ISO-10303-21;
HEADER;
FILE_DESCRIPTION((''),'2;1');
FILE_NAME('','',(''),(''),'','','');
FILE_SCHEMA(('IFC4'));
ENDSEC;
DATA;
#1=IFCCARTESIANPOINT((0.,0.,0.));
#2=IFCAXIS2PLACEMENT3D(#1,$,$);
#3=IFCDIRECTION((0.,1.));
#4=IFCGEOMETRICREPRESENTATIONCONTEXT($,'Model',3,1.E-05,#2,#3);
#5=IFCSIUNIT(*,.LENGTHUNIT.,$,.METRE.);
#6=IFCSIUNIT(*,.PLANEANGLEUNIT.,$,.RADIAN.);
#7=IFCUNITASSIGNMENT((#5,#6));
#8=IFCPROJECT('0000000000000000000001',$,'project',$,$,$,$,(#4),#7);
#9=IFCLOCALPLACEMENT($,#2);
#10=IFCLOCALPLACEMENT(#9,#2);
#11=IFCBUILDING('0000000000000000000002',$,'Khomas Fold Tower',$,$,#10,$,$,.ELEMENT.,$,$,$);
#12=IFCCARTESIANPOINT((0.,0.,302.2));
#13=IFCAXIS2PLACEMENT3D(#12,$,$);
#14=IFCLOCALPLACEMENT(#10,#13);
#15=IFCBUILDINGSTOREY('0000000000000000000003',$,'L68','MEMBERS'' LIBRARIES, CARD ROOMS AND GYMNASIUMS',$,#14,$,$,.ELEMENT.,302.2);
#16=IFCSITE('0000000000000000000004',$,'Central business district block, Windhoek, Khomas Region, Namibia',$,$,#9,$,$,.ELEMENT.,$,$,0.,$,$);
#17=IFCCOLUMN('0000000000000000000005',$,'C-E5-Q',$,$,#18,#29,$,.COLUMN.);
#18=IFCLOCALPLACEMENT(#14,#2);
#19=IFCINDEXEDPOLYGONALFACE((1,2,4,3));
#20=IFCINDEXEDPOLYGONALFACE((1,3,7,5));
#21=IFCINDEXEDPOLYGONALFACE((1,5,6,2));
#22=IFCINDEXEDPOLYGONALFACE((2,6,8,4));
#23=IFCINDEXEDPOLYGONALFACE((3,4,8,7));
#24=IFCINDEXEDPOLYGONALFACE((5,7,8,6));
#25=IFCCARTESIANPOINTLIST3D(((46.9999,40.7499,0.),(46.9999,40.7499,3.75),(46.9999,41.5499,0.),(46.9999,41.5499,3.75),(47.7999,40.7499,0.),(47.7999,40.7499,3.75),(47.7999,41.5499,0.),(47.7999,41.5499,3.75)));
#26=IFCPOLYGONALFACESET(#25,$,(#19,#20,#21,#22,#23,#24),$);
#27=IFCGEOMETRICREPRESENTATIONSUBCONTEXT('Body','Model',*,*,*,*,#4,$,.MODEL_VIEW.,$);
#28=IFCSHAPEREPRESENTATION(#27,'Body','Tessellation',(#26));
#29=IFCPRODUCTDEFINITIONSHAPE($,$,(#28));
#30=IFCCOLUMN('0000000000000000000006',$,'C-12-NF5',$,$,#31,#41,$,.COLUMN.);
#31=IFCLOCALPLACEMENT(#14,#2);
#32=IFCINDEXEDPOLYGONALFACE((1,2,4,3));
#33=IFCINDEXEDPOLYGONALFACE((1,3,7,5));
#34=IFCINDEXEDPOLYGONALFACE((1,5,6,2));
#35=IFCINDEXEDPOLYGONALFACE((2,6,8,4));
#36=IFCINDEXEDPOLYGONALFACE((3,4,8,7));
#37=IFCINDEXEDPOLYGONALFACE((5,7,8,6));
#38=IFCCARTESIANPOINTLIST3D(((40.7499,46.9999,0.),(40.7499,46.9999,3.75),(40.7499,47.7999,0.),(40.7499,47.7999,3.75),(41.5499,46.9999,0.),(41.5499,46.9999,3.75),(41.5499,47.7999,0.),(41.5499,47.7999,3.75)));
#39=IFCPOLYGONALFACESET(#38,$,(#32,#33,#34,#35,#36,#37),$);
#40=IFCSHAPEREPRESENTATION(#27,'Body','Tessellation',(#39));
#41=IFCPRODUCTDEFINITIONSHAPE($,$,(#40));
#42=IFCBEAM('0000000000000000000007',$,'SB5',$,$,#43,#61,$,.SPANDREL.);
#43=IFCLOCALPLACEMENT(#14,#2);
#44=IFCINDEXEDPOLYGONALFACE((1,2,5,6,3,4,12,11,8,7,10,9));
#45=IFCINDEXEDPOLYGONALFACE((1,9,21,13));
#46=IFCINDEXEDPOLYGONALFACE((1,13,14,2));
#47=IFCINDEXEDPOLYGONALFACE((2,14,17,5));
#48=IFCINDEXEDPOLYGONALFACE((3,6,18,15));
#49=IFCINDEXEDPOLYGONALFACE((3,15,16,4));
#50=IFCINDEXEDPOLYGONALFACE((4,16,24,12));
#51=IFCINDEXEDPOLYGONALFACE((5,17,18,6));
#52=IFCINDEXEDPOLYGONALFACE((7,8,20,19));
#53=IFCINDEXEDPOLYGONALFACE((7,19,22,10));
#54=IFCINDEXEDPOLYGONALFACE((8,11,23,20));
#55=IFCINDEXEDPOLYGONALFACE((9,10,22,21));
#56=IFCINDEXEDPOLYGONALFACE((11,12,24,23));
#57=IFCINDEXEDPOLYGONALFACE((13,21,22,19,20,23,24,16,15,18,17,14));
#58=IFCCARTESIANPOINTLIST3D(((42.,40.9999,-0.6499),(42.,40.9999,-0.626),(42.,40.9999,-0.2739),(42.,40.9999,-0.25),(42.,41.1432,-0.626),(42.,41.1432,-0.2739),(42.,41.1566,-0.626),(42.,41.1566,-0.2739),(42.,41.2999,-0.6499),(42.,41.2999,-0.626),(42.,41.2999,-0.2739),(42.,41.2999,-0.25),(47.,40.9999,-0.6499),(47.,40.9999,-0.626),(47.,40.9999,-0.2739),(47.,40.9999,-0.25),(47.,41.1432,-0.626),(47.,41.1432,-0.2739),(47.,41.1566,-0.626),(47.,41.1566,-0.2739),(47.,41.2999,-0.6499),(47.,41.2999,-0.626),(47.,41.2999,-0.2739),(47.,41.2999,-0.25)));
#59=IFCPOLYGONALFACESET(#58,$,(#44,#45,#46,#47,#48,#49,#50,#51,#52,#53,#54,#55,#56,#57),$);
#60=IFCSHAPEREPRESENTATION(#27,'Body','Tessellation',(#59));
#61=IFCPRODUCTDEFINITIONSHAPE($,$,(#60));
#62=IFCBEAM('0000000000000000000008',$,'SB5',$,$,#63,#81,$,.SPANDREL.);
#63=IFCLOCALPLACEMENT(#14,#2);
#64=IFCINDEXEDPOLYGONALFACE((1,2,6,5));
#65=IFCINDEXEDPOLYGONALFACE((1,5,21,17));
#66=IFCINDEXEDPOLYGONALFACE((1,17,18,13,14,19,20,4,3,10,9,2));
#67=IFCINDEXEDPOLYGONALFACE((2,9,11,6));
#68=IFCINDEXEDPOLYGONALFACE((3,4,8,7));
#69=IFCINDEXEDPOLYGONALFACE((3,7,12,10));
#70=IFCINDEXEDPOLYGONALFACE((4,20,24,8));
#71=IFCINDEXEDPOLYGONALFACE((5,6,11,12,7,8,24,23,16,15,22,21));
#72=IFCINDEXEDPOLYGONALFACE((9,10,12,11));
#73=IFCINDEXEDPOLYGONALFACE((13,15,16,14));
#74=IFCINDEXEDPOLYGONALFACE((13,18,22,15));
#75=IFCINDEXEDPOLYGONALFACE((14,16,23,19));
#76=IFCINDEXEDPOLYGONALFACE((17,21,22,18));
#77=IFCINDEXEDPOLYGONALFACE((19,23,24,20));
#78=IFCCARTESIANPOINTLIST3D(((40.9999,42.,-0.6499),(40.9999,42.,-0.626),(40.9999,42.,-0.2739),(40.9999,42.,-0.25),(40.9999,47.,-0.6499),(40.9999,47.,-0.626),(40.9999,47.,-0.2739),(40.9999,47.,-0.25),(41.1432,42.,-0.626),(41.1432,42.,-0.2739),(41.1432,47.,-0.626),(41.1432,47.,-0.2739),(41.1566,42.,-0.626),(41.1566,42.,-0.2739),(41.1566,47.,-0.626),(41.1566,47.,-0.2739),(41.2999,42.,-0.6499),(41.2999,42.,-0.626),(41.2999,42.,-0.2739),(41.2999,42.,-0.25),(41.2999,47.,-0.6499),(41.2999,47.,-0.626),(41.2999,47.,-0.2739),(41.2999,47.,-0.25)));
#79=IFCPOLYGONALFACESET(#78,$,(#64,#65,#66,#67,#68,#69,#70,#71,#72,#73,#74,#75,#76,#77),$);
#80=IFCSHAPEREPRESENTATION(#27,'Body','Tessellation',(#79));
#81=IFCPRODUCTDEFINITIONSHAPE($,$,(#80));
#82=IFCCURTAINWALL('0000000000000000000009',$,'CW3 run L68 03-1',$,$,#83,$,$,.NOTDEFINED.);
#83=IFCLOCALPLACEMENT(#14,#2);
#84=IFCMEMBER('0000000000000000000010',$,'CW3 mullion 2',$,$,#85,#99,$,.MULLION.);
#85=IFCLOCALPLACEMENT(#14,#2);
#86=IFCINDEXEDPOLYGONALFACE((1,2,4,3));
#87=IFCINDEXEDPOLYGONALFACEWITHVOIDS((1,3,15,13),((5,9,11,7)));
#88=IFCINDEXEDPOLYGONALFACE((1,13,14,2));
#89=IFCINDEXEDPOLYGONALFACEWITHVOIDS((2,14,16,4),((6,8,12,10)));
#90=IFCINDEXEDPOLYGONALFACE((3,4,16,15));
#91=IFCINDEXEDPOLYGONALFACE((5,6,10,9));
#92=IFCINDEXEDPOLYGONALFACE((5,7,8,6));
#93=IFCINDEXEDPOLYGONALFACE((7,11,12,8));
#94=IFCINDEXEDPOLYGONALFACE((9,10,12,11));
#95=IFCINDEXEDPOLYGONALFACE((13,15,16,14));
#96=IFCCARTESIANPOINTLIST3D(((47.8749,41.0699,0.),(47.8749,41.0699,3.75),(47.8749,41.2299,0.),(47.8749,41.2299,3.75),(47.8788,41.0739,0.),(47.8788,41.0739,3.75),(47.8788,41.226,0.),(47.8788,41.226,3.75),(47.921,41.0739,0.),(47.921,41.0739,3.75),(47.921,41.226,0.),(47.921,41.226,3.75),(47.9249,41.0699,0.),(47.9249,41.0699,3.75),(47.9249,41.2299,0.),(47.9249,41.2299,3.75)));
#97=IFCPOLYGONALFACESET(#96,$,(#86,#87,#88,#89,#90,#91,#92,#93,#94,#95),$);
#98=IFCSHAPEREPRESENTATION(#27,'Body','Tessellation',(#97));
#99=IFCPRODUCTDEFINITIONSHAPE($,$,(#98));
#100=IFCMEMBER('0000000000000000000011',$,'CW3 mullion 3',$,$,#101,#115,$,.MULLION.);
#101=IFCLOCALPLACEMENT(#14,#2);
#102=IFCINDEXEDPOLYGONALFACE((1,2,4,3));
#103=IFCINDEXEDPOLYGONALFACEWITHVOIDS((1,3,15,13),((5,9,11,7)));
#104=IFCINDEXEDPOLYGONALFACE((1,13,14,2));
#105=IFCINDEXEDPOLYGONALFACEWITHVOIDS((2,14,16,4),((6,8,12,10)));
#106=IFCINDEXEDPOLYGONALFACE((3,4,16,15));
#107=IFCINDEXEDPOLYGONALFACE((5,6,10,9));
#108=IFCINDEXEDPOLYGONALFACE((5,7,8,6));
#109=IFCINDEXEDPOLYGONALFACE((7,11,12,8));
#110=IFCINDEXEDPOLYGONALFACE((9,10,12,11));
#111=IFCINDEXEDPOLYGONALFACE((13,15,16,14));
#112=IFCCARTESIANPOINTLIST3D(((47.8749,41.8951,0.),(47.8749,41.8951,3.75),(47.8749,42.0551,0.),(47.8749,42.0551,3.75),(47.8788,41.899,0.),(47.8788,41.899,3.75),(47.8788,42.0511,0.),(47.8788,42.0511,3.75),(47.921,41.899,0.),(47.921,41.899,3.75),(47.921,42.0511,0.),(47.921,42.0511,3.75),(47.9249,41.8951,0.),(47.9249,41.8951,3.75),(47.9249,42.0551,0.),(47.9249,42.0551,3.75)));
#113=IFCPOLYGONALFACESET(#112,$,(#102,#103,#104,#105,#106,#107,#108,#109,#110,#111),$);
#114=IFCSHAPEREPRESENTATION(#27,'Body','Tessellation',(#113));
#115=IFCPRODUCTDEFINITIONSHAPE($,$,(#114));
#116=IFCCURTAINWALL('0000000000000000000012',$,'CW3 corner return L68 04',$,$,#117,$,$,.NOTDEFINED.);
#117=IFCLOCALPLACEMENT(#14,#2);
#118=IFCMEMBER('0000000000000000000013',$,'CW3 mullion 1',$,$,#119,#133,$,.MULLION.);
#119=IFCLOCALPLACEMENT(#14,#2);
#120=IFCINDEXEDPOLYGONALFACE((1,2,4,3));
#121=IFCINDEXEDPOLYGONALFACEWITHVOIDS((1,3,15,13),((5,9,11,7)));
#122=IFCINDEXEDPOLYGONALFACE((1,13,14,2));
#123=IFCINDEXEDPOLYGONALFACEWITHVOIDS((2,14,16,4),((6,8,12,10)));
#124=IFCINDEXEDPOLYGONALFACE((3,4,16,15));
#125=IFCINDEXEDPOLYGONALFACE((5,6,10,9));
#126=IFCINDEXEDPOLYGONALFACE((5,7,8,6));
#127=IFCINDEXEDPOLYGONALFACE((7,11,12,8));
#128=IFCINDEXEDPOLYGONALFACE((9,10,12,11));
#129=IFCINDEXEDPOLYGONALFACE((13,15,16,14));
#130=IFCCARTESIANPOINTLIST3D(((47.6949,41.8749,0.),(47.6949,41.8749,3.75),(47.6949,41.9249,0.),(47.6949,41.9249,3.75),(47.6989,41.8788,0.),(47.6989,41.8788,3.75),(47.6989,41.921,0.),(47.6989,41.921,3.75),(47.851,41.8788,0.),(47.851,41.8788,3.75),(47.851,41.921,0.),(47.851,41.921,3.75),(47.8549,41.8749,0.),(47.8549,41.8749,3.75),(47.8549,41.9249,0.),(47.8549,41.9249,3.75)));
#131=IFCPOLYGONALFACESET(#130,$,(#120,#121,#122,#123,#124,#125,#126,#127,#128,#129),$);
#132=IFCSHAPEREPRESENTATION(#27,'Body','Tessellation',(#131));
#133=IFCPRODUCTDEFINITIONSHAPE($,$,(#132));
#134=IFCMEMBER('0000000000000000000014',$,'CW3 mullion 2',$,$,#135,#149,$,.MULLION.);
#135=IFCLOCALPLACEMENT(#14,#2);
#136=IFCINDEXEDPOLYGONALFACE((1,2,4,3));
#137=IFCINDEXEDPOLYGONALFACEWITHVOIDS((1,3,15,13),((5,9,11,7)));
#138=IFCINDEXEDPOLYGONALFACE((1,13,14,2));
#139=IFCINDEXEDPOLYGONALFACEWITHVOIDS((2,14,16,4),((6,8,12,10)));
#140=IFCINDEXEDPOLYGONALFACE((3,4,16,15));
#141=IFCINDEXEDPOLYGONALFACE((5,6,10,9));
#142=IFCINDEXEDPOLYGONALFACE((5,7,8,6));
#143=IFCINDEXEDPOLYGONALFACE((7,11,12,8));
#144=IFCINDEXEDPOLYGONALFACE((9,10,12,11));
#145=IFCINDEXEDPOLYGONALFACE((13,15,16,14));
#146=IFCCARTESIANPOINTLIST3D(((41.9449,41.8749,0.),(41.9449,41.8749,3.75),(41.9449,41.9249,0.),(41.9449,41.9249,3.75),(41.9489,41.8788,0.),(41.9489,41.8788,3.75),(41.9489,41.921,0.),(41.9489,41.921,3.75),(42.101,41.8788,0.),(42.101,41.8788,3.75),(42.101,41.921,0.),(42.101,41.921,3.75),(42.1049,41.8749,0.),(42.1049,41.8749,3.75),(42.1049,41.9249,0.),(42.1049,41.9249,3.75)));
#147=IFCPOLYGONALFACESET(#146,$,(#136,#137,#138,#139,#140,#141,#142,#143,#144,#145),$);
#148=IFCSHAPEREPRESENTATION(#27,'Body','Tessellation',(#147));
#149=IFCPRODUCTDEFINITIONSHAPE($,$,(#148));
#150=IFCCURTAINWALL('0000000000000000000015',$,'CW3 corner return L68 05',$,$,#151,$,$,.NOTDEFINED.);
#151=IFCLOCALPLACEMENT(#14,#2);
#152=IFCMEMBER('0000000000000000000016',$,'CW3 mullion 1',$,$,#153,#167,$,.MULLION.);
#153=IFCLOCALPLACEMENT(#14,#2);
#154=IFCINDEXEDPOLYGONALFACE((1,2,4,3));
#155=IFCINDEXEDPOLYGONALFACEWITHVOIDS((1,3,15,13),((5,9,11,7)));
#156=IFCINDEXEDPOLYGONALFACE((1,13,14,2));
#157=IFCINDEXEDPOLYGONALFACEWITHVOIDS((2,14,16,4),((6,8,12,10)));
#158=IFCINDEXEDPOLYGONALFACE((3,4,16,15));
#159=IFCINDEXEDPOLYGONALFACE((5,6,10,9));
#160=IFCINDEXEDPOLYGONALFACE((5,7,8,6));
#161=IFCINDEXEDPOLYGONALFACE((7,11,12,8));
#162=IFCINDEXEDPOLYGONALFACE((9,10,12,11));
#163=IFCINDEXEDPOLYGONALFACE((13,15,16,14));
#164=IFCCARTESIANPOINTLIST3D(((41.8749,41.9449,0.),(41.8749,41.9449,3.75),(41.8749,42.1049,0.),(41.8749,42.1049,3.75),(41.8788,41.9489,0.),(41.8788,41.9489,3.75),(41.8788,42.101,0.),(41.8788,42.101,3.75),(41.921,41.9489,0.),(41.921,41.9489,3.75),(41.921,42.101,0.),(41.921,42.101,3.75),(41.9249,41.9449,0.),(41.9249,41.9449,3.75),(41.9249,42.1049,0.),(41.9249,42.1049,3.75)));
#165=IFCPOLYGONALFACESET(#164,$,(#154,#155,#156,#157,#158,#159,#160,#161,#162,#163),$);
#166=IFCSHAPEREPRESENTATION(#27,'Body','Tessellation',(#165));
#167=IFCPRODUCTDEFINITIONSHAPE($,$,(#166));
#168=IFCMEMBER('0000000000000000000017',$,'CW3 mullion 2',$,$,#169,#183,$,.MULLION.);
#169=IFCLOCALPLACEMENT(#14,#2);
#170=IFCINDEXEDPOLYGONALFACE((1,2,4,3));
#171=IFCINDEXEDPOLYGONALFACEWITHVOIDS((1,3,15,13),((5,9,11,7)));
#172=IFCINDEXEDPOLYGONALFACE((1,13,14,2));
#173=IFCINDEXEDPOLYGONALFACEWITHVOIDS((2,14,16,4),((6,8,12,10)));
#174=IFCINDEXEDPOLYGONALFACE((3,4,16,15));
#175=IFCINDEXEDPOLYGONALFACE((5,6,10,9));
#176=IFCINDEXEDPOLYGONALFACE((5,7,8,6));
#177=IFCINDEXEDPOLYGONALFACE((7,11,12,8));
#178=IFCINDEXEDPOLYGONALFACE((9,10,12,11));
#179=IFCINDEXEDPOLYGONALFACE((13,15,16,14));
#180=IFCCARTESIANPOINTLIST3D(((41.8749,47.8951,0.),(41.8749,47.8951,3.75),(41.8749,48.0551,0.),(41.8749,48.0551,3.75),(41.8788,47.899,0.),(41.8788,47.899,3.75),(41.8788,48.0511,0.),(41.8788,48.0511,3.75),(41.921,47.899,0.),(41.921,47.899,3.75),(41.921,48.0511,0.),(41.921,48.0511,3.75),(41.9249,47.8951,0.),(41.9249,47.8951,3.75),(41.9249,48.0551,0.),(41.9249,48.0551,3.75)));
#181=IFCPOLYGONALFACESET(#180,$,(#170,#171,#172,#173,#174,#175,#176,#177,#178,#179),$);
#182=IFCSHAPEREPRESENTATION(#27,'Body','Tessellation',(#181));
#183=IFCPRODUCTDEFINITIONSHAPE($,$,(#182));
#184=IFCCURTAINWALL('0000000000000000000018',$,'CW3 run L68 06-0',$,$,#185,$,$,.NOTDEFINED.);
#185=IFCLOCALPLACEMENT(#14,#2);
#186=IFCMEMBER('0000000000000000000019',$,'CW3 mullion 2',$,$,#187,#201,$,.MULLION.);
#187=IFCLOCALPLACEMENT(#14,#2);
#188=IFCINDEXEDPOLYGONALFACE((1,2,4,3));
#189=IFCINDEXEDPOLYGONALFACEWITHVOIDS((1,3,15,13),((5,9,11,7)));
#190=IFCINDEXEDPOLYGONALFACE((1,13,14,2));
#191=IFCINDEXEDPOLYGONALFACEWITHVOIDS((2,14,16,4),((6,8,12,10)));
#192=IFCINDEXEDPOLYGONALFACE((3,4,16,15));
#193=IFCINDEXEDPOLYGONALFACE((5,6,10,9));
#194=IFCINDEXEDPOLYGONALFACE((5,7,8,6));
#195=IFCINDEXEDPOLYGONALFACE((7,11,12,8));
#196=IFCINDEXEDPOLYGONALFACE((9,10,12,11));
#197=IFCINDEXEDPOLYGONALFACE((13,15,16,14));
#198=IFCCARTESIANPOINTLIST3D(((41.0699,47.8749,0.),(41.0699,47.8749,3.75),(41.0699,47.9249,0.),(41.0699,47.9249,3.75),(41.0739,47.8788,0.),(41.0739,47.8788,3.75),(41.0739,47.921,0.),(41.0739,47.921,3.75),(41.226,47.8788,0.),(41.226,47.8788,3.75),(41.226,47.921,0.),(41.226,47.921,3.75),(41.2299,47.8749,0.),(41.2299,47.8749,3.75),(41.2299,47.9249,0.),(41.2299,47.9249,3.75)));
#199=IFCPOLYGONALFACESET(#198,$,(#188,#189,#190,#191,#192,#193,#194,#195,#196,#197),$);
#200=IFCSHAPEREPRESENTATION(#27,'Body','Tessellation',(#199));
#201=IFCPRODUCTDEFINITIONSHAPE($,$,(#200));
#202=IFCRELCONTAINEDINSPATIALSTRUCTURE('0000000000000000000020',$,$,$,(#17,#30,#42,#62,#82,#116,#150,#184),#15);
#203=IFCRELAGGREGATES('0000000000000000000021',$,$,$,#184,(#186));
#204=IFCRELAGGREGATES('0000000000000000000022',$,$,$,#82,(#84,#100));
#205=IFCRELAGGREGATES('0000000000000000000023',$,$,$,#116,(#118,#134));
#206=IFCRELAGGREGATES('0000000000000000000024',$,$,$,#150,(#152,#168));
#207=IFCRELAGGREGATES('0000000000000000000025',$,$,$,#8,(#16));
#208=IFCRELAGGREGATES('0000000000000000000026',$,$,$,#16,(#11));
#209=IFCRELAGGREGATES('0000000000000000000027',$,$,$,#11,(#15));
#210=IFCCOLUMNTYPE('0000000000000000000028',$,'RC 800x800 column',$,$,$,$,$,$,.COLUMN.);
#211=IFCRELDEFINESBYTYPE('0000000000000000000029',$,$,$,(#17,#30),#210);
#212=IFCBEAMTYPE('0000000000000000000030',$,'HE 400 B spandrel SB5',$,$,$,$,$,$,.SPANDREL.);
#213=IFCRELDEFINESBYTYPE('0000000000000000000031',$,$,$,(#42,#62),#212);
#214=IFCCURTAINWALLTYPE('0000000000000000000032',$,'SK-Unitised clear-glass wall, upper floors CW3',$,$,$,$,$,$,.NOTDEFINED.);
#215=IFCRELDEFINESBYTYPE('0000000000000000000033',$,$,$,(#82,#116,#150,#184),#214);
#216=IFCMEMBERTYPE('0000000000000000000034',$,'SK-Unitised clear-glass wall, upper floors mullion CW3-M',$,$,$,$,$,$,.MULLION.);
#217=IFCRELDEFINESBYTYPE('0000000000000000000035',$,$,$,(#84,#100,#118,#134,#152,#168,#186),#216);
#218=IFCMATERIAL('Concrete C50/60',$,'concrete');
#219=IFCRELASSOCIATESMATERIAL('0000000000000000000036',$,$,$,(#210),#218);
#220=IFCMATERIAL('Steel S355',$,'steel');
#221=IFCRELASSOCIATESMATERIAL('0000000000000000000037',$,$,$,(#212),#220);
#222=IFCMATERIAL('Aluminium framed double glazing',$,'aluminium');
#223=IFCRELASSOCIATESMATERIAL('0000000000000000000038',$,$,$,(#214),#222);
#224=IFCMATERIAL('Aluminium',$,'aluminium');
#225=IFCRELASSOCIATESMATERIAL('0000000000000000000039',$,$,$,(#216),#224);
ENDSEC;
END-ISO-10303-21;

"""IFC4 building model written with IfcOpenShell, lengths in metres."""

from ifc_helpers import new_model, si_unit, direction, frame, origin, origin_2d, place, context, subcontext, project, spatial, rectangle, hollow_rectangle, i_section, extrude, source, transform, mapped, material, material_profile, profile_set, type_object, element, aggregate, save


model = new_model("IFC4")

# Units and contexts
model_context = context("Model", 3, precision=1e-05, world=origin(), true_north=direction((0.0, 1.0)))
body_context = subcontext(model_context, "Body", "Model", "MODEL_VIEW")
ifc_project = project(units=[si_unit("LENGTHUNIT", "METRE"), si_unit("PLANEANGLEUNIT", "RADIAN")], contexts=[model_context])

# Site, building, storey
site_placement = place(None, origin())
site = spatial("IfcSite", under=ifc_project, at=site_placement, Name="Central business district block, Windhoek, Khomas Region, Namibia", CompositionType="ELEMENT", RefElevation=0.0)
building_placement = place(site_placement, origin())
building = spatial("IfcBuilding", under=site, at=building_placement, Name="Khomas Fold Tower", CompositionType="ELEMENT")
storey_placement = place(building_placement, frame((0.0, 0.0, 302.2)))
storey = spatial("IfcBuildingStorey", under=building, at=storey_placement, Name="L68", Description="MEMBERS' LIBRARIES, CARD ROOMS AND GYMNASIUMS", CompositionType="ELEMENT", Elevation=302.2)

# Columns
ifc_material_1 = material(Name="Concrete C50/60", Category="concrete")
ifc_material_profile_1 = material_profile(ifc_material_1, rectangle(XDim=0.8, YDim=0.8, at=origin_2d()), Name="RC 800x800")
ifc_profile_set_1 = profile_set([ifc_material_profile_1], Name="Concrete C50/60")
column_type = type_object("IfcColumnType", Name="RC 800x800 column", PredefinedType="COLUMN", material=ifc_profile_set_1)
shared_shape_1 = source(origin(), body_context, "Body", "SweptSolid", [
    extrude(rectangle(XDim=0.8, YDim=0.8, at=origin_2d()), origin(), (0.0, 0.0, 1.0), 3.75),
])
for number, where, z_axis, x_axis, name in (
    (1, (47.3999, 41.1499, 0.0), (0.0, 0.0, 1.0), (1.0, 0.0, 0.0), "C-E5-Q"),
    (2, (41.1499, 47.3999, 0.0), (0.0, 0.0, 1.0), (1.0, 0.0, 0.0), "C-12-NF5"),
):
    element("IfcColumn", number, at=place(storey_placement, frame(where, z_axis=z_axis, x_axis=x_axis)), inside=storey, type_object=column_type, Name=name, PredefinedType="COLUMN", context=body_context, shape_type="MappedRepresentation", body=[
        mapped(shared_shape_1, transform((0.0, 0.0, 0.0))),
    ])

# Beams
ifc_material_2 = material(Name="Steel S355", Category="steel")
ifc_material_profile_2 = material_profile(ifc_material_2, i_section(OverallWidth=0.3, OverallDepth=0.3999, WebThickness=0.0134, FlangeThickness=0.0239, at=origin_2d()), Name="HE 400 B")
ifc_profile_set_2 = profile_set([ifc_material_profile_2], Name="Steel S355")
beam_type = type_object("IfcBeamType", Name="HE 400 B spandrel SB5", PredefinedType="SPANDREL", material=ifc_profile_set_2)
shared_shape_2 = source(origin(), body_context, "Body", "SweptSolid", [
    extrude(i_section(OverallWidth=0.3, OverallDepth=0.3999, WebThickness=0.0134, FlangeThickness=0.0239, at=origin_2d()), origin(), (0.0, 0.0, 1.0), 5.0),
])
for number, where, z_axis, x_axis, name in (
    (3, (42.0, 41.1499, -0.45), (1.0, 0.0, 0.0), (0.0, 1.0, 0.0), "SB5"),
    (4, (41.1499, 42.0, -0.45), (0.0, 1.0, 0.0), (-1.0, 0.0, 0.0), "SB5"),
):
    element("IfcBeam", number, at=place(storey_placement, frame(where, z_axis=z_axis, x_axis=x_axis)), inside=storey, type_object=beam_type, Name=name, PredefinedType="SPANDREL", context=body_context, shape_type="MappedRepresentation", body=[
        mapped(shared_shape_2, transform((0.0, 0.0, 0.0))),
    ])

# Curtain walls, members
ifc_material_3 = material(Name="Aluminium framed double glazing", Category="aluminium")
curtain_wall_type = type_object("IfcCurtainWallType", Name="SK-Unitised clear-glass wall, upper floors CW3", PredefinedType="NOTDEFINED", material=ifc_material_3)
curtain_wall_1_placement = place(storey_placement, origin())
curtain_wall_1 = element("IfcCurtainWall", 5, at=curtain_wall_1_placement, inside=storey, type_object=curtain_wall_type, Name="CW3 run L68 03-1", PredefinedType="NOTDEFINED")
ifc_material_4 = material(Name="Aluminium", Category="aluminium")
ifc_material_profile_3 = material_profile(ifc_material_4, hollow_rectangle(XDim=0.05, YDim=0.1599, WallThickness=0.0039, at=origin_2d()), Name="SK-Unitised clear-glass wall, upper floors mullion CW3-M")
ifc_profile_set_3 = profile_set([ifc_material_profile_3], Name="Aluminium")
member_type_1 = type_object("IfcMemberType", Name="SK-Unitised clear-glass wall, upper floors mullion CW3-M", PredefinedType="MULLION", material=ifc_profile_set_3)
shared_shape_3 = source(origin(), body_context, "Body", "SweptSolid", [
    extrude(hollow_rectangle(XDim=0.05, YDim=0.1599, WallThickness=0.0039, at=origin_2d()), origin(), (0.0, 0.0, 1.0), 3.75),
])
member_1_placement = place(storey_placement, frame((47.8999, 41.1499, 0.0), z_axis=(0.0, 0.0, 1.0), x_axis=(-1.0, 0.0, 0.0)))
member_1 = element("IfcMember", 6, at=member_1_placement, type_object=member_type_1, Name="CW3 mullion 2", PredefinedType="MULLION", context=body_context, shape_type="MappedRepresentation", body=[
    mapped(shared_shape_3, transform((0.0, 0.0, 0.0))),
])
member_2_placement = place(storey_placement, frame((47.8999, 41.9751, 0.0), z_axis=(0.0, 0.0, 1.0), x_axis=(-1.0, 0.0, 0.0)))
member_2 = element("IfcMember", 7, at=member_2_placement, type_object=member_type_1, Name="CW3 mullion 3", PredefinedType="MULLION", context=body_context, shape_type="MappedRepresentation", body=[
    mapped(shared_shape_3, transform((0.0, 0.0, 0.0))),
])
curtain_wall_2_placement = place(storey_placement, origin())
curtain_wall_2 = element("IfcCurtainWall", 8, at=curtain_wall_2_placement, inside=storey, type_object=curtain_wall_type, Name="CW3 corner return L68 04", PredefinedType="NOTDEFINED")
member_3_placement = place(storey_placement, frame((47.7749, 41.8999, 0.0), z_axis=(0.0, 0.0, 1.0), x_axis=(0.0, -1.0, 0.0)))
member_3 = element("IfcMember", 9, at=member_3_placement, type_object=member_type_1, Name="CW3 mullion 1", PredefinedType="MULLION", context=body_context, shape_type="MappedRepresentation", body=[
    mapped(shared_shape_3, transform((0.0, 0.0, 0.0))),
])
member_4_placement = place(storey_placement, frame((42.0249, 41.8999, 0.0), z_axis=(0.0, 0.0, 1.0), x_axis=(0.0, -1.0, 0.0)))
member_4 = element("IfcMember", 10, at=member_4_placement, type_object=member_type_1, Name="CW3 mullion 2", PredefinedType="MULLION", context=body_context, shape_type="MappedRepresentation", body=[
    mapped(shared_shape_3, transform((0.0, 0.0, 0.0))),
])
curtain_wall_3_placement = place(storey_placement, origin())
curtain_wall_3 = element("IfcCurtainWall", 11, at=curtain_wall_3_placement, inside=storey, type_object=curtain_wall_type, Name="CW3 corner return L68 05", PredefinedType="NOTDEFINED")
member_5_placement = place(storey_placement, frame((41.8999, 42.0249, 0.0), z_axis=(0.0, 0.0, 1.0), x_axis=(-1.0, 0.0, 0.0)))
member_5 = element("IfcMember", 12, at=member_5_placement, type_object=member_type_1, Name="CW3 mullion 1", PredefinedType="MULLION", context=body_context, shape_type="MappedRepresentation", body=[
    mapped(shared_shape_3, transform((0.0, 0.0, 0.0))),
])
member_6_placement = place(storey_placement, frame((41.8999, 47.9751, 0.0), z_axis=(0.0, 0.0, 1.0), x_axis=(-1.0, 0.0, 0.0)))
member_6 = element("IfcMember", 13, at=member_6_placement, type_object=member_type_1, Name="CW3 mullion 2", PredefinedType="MULLION", context=body_context, shape_type="MappedRepresentation", body=[
    mapped(shared_shape_3, transform((0.0, 0.0, 0.0))),
])
curtain_wall_4_placement = place(storey_placement, origin())
curtain_wall_4 = element("IfcCurtainWall", 14, at=curtain_wall_4_placement, inside=storey, type_object=curtain_wall_type, Name="CW3 run L68 06-0", PredefinedType="NOTDEFINED")
member_7_placement = place(storey_placement, frame((41.1499, 47.8999, 0.0), z_axis=(0.0, 0.0, 1.0), x_axis=(0.0, -1.0, 0.0)))
member_7 = element("IfcMember", 15, at=member_7_placement, type_object=member_type_1, Name="CW3 mullion 2", PredefinedType="MULLION", context=body_context, shape_type="MappedRepresentation", body=[
    mapped(shared_shape_3, transform((0.0, 0.0, 0.0))),
])

aggregate(curtain_wall_4, [member_7])
aggregate(curtain_wall_1, [member_1, member_2])
aggregate(curtain_wall_2, [member_3, member_4])
aggregate(curtain_wall_3, [member_5, member_6])

save(model, "model.ifc")
